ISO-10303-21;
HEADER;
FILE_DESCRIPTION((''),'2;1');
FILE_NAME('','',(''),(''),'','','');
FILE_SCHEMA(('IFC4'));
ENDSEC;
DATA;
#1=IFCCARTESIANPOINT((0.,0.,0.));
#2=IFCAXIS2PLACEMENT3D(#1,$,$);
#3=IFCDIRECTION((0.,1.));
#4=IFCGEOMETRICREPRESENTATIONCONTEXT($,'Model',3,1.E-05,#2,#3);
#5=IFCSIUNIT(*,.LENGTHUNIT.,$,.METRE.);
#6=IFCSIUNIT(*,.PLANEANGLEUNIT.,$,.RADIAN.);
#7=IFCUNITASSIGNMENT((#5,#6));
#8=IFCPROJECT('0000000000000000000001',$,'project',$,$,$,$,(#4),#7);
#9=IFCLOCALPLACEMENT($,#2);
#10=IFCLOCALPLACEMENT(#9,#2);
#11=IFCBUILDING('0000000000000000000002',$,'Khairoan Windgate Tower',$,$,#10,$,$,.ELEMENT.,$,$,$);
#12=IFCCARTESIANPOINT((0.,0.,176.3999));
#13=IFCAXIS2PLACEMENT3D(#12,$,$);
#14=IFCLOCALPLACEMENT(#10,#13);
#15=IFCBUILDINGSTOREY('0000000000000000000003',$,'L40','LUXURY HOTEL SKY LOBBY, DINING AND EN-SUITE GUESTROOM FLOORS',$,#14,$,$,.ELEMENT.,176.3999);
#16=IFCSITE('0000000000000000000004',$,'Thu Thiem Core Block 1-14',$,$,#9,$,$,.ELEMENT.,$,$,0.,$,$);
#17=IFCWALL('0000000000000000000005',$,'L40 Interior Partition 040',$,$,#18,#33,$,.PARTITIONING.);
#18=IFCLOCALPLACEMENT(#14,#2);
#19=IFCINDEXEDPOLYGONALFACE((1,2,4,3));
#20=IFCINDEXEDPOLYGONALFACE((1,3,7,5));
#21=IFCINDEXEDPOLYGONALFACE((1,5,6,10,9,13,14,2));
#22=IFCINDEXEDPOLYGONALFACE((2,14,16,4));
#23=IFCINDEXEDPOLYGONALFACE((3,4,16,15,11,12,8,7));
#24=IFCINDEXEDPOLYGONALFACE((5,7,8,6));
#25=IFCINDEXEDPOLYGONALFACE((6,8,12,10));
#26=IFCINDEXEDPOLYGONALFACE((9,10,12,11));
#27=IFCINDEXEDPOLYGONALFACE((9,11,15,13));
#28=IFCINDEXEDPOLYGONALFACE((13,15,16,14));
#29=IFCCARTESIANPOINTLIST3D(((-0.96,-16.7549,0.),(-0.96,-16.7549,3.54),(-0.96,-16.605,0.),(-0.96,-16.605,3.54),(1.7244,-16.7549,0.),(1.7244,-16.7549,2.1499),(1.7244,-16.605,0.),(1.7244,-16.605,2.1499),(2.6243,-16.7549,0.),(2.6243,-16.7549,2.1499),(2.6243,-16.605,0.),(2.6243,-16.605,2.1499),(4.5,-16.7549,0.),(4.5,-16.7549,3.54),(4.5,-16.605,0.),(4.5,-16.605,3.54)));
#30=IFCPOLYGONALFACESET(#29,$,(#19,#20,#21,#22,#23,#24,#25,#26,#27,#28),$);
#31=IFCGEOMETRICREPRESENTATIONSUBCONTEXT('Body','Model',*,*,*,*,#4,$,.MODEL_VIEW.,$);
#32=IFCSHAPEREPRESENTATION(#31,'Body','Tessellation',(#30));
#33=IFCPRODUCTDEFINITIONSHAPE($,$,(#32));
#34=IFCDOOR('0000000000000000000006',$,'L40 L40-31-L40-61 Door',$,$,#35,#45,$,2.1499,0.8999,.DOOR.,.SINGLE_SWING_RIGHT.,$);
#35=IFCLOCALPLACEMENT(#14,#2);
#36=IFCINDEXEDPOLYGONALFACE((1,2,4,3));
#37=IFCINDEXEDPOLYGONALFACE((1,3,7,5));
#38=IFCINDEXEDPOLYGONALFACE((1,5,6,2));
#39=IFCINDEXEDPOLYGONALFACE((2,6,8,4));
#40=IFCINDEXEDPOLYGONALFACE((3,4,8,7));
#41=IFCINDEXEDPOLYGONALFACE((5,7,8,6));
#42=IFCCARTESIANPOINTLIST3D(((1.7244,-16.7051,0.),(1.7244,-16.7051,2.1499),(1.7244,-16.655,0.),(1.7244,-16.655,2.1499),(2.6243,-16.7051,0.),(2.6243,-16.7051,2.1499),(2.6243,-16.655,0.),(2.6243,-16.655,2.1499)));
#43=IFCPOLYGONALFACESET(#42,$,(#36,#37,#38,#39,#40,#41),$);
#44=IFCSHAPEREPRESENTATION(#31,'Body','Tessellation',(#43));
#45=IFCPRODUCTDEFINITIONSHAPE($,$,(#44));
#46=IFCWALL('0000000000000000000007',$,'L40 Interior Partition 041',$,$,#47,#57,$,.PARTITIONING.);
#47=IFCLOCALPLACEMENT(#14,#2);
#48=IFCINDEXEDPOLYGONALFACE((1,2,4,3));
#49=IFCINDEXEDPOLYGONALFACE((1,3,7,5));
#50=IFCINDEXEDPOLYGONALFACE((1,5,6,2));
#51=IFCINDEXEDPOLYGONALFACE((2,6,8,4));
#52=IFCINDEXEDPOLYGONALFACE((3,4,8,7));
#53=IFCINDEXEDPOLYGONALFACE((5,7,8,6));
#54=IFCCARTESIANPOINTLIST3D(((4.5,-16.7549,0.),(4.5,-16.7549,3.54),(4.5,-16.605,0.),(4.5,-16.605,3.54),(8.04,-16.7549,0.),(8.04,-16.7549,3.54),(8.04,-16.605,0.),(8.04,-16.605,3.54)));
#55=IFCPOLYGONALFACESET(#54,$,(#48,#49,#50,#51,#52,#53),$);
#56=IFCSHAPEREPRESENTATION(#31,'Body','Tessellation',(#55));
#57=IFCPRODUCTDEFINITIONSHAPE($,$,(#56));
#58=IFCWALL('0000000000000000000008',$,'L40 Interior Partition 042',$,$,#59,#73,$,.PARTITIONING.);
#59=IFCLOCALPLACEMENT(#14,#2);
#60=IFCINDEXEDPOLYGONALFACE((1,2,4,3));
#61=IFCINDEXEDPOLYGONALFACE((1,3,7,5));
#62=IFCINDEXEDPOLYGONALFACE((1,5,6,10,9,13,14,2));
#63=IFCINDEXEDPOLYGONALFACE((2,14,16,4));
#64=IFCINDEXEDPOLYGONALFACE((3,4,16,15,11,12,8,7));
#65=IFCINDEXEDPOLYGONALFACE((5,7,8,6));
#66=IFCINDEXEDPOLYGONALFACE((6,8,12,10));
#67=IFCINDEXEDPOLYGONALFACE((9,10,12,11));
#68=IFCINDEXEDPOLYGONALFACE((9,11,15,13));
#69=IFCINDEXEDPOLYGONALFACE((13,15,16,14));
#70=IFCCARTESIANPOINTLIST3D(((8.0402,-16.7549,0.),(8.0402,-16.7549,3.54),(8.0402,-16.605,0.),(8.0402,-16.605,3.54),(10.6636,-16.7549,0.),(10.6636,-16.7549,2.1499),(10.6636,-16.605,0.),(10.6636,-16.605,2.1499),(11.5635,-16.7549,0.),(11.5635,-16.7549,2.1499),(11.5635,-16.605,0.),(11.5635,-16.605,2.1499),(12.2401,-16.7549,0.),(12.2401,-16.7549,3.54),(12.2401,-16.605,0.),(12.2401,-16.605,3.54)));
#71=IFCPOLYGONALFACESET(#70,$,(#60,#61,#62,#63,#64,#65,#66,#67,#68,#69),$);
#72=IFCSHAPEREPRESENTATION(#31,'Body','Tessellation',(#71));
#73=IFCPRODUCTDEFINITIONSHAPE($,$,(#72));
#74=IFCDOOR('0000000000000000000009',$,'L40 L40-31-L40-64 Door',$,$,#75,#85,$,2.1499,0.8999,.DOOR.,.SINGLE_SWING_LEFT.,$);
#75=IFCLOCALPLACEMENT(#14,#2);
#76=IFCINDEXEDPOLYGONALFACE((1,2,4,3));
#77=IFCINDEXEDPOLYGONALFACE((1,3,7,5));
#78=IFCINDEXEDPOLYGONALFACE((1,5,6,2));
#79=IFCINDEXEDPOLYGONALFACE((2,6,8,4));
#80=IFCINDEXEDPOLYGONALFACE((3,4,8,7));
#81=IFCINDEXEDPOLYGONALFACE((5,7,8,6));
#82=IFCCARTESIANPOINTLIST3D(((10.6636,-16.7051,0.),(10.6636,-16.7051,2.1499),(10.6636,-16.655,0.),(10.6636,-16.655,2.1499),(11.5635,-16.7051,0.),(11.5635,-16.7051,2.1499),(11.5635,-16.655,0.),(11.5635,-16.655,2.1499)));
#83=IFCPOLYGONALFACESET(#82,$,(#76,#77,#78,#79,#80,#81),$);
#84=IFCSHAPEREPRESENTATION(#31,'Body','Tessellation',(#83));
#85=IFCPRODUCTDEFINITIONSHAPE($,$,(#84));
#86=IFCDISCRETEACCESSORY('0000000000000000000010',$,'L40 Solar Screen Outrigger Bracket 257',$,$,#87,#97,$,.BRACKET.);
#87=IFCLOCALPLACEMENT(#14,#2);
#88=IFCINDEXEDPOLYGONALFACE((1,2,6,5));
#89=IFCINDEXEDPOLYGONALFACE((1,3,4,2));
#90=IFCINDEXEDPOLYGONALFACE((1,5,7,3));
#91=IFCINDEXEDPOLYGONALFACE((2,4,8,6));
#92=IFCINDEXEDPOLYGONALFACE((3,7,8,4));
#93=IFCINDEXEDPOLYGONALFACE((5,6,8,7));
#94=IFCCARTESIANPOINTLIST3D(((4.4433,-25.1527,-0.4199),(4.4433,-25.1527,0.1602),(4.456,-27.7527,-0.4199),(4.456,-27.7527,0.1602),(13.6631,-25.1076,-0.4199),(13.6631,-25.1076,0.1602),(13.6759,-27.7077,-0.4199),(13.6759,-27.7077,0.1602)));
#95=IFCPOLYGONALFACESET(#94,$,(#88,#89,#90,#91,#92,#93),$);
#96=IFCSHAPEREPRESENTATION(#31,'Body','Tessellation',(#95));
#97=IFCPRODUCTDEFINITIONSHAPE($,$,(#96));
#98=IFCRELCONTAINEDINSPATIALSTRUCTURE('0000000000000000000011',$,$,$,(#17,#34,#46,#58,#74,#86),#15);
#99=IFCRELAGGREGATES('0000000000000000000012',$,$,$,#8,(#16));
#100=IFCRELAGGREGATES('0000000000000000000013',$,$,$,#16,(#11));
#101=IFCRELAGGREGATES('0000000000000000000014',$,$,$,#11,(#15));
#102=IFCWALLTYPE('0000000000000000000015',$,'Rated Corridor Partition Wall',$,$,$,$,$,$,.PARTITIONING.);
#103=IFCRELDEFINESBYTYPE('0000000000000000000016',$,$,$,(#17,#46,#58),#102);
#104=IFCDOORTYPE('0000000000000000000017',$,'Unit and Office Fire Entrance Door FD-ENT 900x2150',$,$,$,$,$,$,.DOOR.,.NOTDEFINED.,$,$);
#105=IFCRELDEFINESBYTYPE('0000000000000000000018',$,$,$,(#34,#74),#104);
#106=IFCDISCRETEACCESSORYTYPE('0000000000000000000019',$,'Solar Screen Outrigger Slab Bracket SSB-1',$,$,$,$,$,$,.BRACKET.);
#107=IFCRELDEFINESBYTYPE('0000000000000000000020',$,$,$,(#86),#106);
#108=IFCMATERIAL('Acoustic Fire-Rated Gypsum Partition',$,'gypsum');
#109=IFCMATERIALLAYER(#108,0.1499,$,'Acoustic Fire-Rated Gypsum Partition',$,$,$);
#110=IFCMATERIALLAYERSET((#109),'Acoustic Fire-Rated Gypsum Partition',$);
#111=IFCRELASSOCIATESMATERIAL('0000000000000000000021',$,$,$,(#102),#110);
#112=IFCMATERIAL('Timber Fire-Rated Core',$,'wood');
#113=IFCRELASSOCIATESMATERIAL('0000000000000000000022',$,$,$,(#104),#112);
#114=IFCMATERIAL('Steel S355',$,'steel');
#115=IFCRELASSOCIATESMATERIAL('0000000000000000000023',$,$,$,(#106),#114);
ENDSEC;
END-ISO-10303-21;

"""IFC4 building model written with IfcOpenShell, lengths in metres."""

from ifc_helpers import new_model, si_unit, direction, frame, frame_2d, origin, origin_2d, place, context, subcontext, project, spatial, rectangle, extrude, material, layer, layer_set, type_object, element, fill, save


model = new_model("IFC4")

# Units and contexts
model_context = context("Model", 3, precision=1e-05, world=origin(), true_north=direction((0.0, 1.0)))
body_context = subcontext(model_context, "Body", "Model", "MODEL_VIEW")
ifc_project = project(units=[si_unit("LENGTHUNIT", "METRE"), si_unit("PLANEANGLEUNIT", "RADIAN")], contexts=[model_context])

# Site, building, storey
site_placement = place(None, origin())
site = spatial("IfcSite", under=ifc_project, at=site_placement, Name="Thu Thiem Core Block 1-14", CompositionType="ELEMENT", RefElevation=0.0)
building_placement = place(site_placement, origin())
building = spatial("IfcBuilding", under=site, at=building_placement, Name="Khairoan Windgate Tower", CompositionType="ELEMENT")
storey_placement = place(building_placement, frame((0.0, 0.0, 176.3999)))
storey = spatial("IfcBuildingStorey", under=building, at=storey_placement, Name="L40", Description="LUXURY HOTEL SKY LOBBY, DINING AND EN-SUITE GUESTROOM FLOORS", CompositionType="ELEMENT", Elevation=176.3999)

# Wall, opening, door
ifc_material_1 = material(Name="Acoustic Fire-Rated Gypsum Partition", Category="gypsum")
ifc_layer_1 = layer(ifc_material_1, 0.1499, Name="Acoustic Fire-Rated Gypsum Partition")
ifc_layer_set_1 = layer_set([ifc_layer_1], Name="Acoustic Fire-Rated Gypsum Partition")
wall_type_1 = type_object("IfcWallType", Name="Rated Corridor Partition Wall", PredefinedType="PARTITIONING", material=ifc_layer_set_1)
wall_1_placement = place(storey_placement, frame((-0.96, -16.6799, 0.0), z_axis=(0.0, 0.0, 1.0), x_axis=(1.0, 0.0, 0.0)))
wall_1 = element("IfcWall", 1, at=wall_1_placement, inside=storey, type_object=wall_type_1, Name="L40 Interior Partition 040", PredefinedType="PARTITIONING", context=body_context, shape_type="SweptSolid", body=[
    extrude(rectangle(XDim=5.46, YDim=0.1499, at=frame_2d((2.73, 0.0))), origin(), (0.0, 0.0, 1.0), 3.54),
])
opening_1_placement = place(wall_1_placement, frame((2.6843, 0.0, 0.0)))
opening_1 = element("IfcOpeningElement", 2, at=opening_1_placement, cuts=wall_1, PredefinedType="OPENING", context=body_context, shape_type="SweptSolid", body=[
    extrude(rectangle(XDim=0.8999, YDim=2.1499, at=frame_2d((0.45, 1.075))), frame((0.0, 0.085, 0.0), z_axis=(0.0, -1.0, 0.0), x_axis=(1.0, 0.0, 0.0)), (0.0, 0.0, 1.0), 0.1699),
])
ifc_material_2 = material(Name="Timber Fire-Rated Core", Category="wood")
door_type_1 = type_object("IfcDoorType", Name="Unit and Office Fire Entrance Door FD-ENT 900x2150", OperationType="NOTDEFINED", PredefinedType="DOOR", material=ifc_material_2)
door_1_placement = place(opening_1_placement, origin())
door_1 = element("IfcDoor", 3, at=door_1_placement, inside=storey, type_object=door_type_1, Name="L40 L40-31-L40-61 Door", OperationType="SINGLE_SWING_RIGHT", OverallHeight=2.1499, OverallWidth=0.8999, PredefinedType="DOOR", context=body_context, shape_type="SweptSolid", body=[
    extrude(rectangle(XDim=0.8999, YDim=2.1499, at=frame_2d((0.45, 1.075))), frame((0.0, 0.0249, 0.0), z_axis=(0.0, -1.0, 0.0), x_axis=(1.0, 0.0, 0.0)), (0.0, 0.0, 1.0), 0.05),
])
fill(opening_1, door_1)

# Wall
wall_2_placement = place(storey_placement, frame((4.5, -16.6799, 0.0), z_axis=(0.0, 0.0, 1.0), x_axis=(1.0, 0.0, 0.0)))
element("IfcWall", 4, at=wall_2_placement, inside=storey, type_object=wall_type_1, Name="L40 Interior Partition 041", PredefinedType="PARTITIONING", context=body_context, shape_type="SweptSolid", body=[
    extrude(rectangle(XDim=3.54, YDim=0.1499, at=frame_2d((1.77, 0.0))), origin(), (0.0, 0.0, 1.0), 3.54),
])

# Wall, opening, door
wall_3_placement = place(storey_placement, frame((8.04, -16.6799, 0.0), z_axis=(0.0, 0.0, 1.0), x_axis=(1.0, 0.0, 0.0)))
wall_3 = element("IfcWall", 5, at=wall_3_placement, inside=storey, type_object=wall_type_1, Name="L40 Interior Partition 042", PredefinedType="PARTITIONING", context=body_context, shape_type="SweptSolid", body=[
    extrude(rectangle(XDim=4.2, YDim=0.1499, at=frame_2d((2.1001, 0.0))), origin(), (0.0, 0.0, 1.0), 3.54),
])
opening_2_placement = place(wall_3_placement, frame((2.6235, 0.0, 0.0)))
opening_2 = element("IfcOpeningElement", 6, at=opening_2_placement, cuts=wall_3, PredefinedType="OPENING", context=body_context, shape_type="SweptSolid", body=[
    extrude(rectangle(XDim=0.8999, YDim=2.1499, at=frame_2d((0.45, 1.075))), frame((0.0, 0.085, 0.0), z_axis=(0.0, -1.0, 0.0), x_axis=(1.0, 0.0, 0.0)), (0.0, 0.0, 1.0), 0.1699),
])
door_2_placement = place(opening_2_placement, origin())
door_2 = element("IfcDoor", 7, at=door_2_placement, inside=storey, type_object=door_type_1, Name="L40 L40-31-L40-64 Door", OperationType="SINGLE_SWING_LEFT", OverallHeight=2.1499, OverallWidth=0.8999, PredefinedType="DOOR", context=body_context, shape_type="SweptSolid", body=[
    extrude(rectangle(XDim=0.8999, YDim=2.1499, at=frame_2d((0.45, 1.075))), frame((0.0, 0.0249, 0.0), z_axis=(0.0, -1.0, 0.0), x_axis=(1.0, 0.0, 0.0)), (0.0, 0.0, 1.0), 0.05),
])
fill(opening_2, door_2)

# Discrete accessory
ifc_material_3 = material(Name="Steel S355", Category="steel")
discrete_accessory_type = type_object("IfcDiscreteAccessoryType", Name="Solar Screen Outrigger Slab Bracket SSB-1", PredefinedType="BRACKET", material=ifc_material_3)
discrete_accessory_placement = place(storey_placement, frame((9.0596, -26.4302, -0.4199), z_axis=(0.0, 0.0, 1.0), x_axis=(-0.999988, -0.004887, 0.0)))
element("IfcDiscreteAccessory", 8, at=discrete_accessory_placement, inside=storey, type_object=discrete_accessory_type, Name="L40 Solar Screen Outrigger Bracket 257", PredefinedType="BRACKET", context=body_context, shape_type="SweptSolid", body=[
    extrude(rectangle(XDim=9.22, YDim=2.6001, at=origin_2d()), origin(), (0.0, 0.0, 1.0), 0.5801),
])

save(model, "model.ifc")
